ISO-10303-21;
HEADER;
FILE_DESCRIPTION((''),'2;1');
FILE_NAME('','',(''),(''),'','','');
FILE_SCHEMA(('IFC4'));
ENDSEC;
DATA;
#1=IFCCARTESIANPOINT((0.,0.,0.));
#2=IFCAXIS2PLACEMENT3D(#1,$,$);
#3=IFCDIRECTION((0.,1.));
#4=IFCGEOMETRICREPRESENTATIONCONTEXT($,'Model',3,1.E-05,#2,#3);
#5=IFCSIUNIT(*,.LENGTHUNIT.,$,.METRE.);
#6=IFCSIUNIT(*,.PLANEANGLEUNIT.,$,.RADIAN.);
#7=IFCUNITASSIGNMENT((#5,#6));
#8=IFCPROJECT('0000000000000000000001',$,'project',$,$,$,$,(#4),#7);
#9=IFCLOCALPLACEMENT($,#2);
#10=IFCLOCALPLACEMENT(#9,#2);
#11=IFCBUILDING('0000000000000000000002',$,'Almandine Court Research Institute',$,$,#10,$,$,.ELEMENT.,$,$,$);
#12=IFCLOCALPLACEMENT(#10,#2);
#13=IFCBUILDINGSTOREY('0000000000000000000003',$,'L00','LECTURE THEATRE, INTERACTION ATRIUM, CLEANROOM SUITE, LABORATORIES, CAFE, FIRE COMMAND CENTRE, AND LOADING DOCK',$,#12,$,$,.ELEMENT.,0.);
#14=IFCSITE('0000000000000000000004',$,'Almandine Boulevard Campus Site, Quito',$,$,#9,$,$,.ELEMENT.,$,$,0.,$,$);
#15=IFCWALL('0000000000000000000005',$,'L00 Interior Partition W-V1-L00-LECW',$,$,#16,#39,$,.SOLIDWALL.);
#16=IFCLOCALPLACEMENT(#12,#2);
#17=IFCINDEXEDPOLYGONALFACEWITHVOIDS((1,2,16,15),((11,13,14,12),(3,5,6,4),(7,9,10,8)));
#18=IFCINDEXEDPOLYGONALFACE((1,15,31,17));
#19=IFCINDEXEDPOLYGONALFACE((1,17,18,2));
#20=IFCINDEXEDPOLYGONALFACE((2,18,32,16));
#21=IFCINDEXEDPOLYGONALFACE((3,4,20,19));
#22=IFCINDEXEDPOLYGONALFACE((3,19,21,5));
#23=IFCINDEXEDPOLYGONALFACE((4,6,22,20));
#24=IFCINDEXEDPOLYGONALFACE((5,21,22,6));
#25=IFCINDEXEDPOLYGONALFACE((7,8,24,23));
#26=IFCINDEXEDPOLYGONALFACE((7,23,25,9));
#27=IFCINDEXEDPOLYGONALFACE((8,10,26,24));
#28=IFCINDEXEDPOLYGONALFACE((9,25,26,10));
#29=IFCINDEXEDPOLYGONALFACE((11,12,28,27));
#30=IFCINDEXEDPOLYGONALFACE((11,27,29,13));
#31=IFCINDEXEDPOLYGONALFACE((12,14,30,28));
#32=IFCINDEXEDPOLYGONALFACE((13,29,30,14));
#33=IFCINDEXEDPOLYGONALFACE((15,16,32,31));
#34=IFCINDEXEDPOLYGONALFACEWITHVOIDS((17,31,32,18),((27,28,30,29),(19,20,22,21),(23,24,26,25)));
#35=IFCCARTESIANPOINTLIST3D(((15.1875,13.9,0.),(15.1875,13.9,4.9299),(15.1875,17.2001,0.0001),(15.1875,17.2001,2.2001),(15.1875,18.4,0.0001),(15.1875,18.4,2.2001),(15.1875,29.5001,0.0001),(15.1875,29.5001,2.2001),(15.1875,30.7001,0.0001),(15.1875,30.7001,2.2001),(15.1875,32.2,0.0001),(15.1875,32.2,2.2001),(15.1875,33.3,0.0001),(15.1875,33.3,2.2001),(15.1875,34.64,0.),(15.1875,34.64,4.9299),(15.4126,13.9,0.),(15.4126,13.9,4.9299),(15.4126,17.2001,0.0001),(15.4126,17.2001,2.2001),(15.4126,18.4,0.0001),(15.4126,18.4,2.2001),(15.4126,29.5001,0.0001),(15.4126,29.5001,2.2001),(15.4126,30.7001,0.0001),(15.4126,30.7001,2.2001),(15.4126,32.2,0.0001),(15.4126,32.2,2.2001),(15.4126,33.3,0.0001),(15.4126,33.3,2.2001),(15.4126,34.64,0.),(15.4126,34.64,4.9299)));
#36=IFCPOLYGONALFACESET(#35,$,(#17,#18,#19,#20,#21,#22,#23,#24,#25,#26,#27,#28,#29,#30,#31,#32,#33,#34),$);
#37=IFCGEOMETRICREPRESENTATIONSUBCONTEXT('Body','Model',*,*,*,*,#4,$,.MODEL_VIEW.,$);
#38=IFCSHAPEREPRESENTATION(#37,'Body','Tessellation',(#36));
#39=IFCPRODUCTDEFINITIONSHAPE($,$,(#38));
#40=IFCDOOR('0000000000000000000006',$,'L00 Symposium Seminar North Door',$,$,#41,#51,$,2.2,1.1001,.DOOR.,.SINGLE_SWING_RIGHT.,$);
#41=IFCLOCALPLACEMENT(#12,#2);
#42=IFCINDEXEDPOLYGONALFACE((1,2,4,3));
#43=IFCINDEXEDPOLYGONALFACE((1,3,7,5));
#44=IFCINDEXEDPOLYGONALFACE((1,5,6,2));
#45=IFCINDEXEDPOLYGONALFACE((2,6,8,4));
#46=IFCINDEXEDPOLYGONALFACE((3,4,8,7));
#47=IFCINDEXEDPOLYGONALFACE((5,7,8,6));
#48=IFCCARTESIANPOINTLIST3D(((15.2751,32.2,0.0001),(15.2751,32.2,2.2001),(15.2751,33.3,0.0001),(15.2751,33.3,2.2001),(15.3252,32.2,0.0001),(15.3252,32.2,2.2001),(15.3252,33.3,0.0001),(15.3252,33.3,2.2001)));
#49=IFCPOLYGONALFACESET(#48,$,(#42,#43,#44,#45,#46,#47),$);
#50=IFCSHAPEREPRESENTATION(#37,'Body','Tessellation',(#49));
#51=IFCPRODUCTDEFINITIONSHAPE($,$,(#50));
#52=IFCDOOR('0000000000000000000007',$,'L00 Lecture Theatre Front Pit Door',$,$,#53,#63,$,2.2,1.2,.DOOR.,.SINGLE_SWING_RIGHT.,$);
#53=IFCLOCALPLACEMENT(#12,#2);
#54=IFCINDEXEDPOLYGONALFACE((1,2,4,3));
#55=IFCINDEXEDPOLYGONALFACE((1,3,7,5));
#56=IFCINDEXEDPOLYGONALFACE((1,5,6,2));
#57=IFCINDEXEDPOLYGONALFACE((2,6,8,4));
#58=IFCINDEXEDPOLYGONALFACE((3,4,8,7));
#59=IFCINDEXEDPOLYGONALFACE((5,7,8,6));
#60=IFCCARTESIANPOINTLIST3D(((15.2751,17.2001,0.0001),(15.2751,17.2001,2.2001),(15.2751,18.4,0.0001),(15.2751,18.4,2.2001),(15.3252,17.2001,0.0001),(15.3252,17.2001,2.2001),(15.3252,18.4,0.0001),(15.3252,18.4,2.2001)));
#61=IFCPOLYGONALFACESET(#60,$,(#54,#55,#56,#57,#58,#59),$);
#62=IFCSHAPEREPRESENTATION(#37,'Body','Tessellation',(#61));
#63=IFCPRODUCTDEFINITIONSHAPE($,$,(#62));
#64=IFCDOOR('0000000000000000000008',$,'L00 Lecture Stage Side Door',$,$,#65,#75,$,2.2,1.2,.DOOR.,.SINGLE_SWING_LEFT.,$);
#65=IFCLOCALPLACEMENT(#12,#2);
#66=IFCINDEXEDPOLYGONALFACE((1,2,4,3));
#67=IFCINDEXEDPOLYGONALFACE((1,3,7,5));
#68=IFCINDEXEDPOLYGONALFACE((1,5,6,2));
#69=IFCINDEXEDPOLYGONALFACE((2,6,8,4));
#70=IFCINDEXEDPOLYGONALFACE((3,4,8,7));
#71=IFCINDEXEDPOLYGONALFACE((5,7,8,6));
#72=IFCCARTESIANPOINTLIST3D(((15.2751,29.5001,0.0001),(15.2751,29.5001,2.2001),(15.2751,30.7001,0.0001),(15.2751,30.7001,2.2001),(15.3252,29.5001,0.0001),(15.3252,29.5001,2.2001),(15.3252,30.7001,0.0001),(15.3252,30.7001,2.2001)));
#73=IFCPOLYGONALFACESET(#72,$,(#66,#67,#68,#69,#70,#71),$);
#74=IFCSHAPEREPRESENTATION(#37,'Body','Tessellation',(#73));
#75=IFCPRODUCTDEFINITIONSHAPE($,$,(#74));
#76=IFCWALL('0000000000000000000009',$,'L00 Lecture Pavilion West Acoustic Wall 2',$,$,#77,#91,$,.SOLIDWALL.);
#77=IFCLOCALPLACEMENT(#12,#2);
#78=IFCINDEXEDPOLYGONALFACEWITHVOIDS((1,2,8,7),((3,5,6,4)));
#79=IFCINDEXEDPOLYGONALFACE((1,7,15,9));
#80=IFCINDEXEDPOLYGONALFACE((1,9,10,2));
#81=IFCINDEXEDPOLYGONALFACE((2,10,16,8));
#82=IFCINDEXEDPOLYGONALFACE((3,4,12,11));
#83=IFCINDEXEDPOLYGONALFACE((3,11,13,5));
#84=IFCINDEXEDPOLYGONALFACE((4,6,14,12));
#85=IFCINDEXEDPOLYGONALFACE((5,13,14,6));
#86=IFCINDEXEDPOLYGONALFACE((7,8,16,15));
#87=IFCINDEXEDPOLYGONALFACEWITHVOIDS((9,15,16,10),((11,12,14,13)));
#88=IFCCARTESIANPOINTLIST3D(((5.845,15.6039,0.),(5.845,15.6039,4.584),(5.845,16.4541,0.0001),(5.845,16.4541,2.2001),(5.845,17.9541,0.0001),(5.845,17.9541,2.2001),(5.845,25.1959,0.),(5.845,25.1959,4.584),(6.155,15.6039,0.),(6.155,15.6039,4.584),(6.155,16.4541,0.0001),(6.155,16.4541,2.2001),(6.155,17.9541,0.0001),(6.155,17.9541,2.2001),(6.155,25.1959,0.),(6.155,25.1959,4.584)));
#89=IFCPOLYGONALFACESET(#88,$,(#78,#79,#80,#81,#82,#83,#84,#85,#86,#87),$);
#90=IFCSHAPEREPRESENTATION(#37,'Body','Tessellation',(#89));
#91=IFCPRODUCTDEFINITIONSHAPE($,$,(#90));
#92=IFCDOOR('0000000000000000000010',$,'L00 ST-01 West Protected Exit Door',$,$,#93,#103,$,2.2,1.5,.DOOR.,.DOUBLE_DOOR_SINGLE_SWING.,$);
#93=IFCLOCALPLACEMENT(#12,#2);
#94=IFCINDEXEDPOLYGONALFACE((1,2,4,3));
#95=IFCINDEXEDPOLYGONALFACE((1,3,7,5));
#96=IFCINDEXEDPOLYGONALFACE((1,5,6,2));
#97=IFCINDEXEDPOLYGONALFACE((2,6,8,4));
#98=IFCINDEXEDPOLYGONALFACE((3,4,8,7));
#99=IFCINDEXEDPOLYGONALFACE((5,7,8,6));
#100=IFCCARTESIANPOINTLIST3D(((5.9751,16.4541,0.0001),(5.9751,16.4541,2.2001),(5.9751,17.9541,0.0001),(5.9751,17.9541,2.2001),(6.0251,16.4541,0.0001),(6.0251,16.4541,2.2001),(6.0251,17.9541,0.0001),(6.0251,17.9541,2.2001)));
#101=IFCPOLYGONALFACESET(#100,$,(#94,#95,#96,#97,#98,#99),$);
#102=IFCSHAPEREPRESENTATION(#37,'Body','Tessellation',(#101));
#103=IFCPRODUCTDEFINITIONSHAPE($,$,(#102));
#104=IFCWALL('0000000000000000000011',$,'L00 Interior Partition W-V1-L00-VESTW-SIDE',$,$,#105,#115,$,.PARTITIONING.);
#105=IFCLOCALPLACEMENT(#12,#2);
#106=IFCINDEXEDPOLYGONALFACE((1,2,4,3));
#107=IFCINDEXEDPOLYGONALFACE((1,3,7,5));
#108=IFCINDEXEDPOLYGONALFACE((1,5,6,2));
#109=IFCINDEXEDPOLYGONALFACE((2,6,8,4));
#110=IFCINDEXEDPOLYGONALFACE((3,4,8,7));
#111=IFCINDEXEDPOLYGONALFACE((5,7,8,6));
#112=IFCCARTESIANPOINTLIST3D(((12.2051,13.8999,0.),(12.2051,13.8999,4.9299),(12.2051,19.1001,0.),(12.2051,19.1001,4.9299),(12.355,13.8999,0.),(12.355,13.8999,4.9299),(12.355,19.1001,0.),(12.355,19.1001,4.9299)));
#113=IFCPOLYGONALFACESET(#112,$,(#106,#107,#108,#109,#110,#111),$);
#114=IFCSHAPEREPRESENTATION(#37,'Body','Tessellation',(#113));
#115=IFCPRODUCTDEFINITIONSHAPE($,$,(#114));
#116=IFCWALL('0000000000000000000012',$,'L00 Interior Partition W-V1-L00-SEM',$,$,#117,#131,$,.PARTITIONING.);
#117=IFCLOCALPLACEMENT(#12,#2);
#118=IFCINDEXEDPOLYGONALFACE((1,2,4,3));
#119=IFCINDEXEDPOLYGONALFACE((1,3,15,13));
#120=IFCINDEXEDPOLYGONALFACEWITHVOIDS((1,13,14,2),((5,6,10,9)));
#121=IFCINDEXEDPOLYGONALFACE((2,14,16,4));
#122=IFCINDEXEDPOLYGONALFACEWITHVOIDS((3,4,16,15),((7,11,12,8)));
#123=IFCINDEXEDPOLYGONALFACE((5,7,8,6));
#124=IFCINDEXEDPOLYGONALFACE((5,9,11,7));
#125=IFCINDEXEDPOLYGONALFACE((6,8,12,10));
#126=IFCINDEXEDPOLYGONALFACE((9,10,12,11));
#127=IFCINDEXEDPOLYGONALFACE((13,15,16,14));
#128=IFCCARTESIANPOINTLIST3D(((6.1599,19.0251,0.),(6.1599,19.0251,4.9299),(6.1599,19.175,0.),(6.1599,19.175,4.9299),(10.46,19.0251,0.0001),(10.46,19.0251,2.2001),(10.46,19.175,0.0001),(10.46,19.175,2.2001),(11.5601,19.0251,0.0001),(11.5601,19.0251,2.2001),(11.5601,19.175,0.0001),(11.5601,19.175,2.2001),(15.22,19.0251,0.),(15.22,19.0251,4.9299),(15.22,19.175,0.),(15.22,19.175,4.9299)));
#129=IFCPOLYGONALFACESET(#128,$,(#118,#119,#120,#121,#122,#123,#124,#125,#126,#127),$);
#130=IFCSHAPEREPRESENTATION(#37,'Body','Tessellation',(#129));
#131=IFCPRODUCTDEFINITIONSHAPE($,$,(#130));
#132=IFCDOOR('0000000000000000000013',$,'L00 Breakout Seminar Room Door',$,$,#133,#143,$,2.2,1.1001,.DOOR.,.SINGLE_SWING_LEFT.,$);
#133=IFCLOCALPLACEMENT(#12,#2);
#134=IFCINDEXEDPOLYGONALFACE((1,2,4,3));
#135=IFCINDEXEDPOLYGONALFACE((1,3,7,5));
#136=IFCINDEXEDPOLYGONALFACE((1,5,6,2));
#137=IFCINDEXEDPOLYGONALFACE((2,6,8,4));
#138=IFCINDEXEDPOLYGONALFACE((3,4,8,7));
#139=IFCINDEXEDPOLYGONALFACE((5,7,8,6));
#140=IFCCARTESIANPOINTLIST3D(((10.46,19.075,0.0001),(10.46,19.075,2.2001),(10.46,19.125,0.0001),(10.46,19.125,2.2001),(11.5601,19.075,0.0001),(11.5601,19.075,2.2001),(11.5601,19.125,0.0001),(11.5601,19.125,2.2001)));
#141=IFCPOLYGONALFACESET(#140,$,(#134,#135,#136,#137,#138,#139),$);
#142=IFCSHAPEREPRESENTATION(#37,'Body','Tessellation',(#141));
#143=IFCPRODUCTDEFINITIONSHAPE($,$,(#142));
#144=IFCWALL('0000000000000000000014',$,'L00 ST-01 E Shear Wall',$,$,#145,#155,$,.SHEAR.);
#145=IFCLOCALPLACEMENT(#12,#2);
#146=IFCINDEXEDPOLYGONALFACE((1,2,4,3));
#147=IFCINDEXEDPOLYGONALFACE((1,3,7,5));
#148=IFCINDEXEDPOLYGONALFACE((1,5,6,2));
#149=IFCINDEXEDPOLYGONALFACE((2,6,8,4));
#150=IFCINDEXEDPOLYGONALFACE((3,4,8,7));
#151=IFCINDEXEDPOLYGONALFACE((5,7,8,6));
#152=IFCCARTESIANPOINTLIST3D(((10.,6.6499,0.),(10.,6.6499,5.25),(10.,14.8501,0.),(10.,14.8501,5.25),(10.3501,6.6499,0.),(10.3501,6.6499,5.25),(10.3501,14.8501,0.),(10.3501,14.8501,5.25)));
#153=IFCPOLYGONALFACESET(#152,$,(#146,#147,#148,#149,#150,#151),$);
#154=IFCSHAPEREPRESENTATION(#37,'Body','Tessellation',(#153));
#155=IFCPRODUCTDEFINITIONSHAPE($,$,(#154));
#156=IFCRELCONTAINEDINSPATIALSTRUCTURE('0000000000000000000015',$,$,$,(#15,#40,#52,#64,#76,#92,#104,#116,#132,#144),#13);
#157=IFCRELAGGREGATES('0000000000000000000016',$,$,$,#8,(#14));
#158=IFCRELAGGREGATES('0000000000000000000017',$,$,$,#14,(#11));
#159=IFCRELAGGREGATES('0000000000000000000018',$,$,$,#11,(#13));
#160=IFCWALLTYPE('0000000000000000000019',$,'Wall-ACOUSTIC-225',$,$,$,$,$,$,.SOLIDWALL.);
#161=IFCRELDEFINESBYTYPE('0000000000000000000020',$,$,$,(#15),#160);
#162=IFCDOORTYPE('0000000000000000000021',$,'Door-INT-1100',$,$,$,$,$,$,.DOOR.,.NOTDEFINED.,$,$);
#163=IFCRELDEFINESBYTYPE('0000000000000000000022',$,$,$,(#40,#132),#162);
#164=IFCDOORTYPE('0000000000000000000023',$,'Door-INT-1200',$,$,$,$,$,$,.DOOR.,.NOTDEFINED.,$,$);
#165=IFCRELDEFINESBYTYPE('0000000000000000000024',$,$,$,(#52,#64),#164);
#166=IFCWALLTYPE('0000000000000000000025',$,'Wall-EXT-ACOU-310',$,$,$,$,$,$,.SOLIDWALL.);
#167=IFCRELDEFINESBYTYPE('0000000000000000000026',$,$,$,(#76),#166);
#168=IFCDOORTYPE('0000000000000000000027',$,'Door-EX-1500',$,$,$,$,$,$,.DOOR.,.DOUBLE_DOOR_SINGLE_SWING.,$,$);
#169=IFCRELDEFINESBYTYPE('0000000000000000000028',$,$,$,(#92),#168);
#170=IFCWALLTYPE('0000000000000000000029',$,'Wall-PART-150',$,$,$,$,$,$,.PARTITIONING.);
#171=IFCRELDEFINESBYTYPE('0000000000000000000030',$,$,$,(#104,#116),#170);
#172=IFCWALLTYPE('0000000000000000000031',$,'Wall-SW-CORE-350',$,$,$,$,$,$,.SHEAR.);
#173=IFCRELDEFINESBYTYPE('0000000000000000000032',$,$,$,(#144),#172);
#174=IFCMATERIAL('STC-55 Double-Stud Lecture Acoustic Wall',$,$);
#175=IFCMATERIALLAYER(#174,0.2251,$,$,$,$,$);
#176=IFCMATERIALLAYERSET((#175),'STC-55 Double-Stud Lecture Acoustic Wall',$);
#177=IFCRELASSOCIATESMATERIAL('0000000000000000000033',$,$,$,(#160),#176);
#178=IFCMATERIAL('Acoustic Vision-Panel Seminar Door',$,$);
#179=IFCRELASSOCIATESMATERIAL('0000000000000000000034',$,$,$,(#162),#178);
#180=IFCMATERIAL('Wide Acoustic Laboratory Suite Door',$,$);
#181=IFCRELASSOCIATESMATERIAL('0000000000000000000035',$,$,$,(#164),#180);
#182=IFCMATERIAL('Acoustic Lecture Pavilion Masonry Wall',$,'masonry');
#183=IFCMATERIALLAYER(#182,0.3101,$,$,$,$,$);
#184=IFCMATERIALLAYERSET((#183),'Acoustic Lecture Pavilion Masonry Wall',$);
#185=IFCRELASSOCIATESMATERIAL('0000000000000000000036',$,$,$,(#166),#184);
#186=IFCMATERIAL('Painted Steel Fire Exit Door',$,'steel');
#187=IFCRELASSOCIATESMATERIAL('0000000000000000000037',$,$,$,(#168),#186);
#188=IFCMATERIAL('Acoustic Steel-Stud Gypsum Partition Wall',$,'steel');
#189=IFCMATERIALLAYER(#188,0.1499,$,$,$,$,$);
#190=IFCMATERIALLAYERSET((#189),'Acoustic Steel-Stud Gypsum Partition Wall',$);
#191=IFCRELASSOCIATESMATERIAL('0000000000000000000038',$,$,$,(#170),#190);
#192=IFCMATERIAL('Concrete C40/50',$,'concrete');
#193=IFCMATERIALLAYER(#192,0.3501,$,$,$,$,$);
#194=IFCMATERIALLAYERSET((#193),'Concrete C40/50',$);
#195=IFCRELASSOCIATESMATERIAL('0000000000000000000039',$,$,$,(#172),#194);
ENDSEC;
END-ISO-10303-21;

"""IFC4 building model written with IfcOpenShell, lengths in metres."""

from ifc_helpers import new_model, si_unit, direction, frame, frame_2d, origin, place, context, subcontext, project, spatial, rectangle, extrude, material, layer, layer_set, type_object, element, fill, save


model = new_model("IFC4")

# Units and contexts
model_context = context("Model", 3, precision=1e-05, world=origin(), true_north=direction((0.0, 1.0)))
body_context = subcontext(model_context, "Body", "Model", "MODEL_VIEW")
ifc_project = project(units=[si_unit("LENGTHUNIT", "METRE"), si_unit("PLANEANGLEUNIT", "RADIAN")], contexts=[model_context])

# Site, building, storey
site_placement = place(None, origin())
site = spatial("IfcSite", under=ifc_project, at=site_placement, Name="Almandine Boulevard Campus Site, Quito", CompositionType="ELEMENT", RefElevation=0.0)
building_placement = place(site_placement, origin())
building = spatial("IfcBuilding", under=site, at=building_placement, Name="Almandine Court Research Institute", CompositionType="ELEMENT")
storey_placement = place(building_placement, origin())
storey = spatial("IfcBuildingStorey", under=building, at=storey_placement, Name="L00", Description="LECTURE THEATRE, INTERACTION ATRIUM, CLEANROOM SUITE, LABORATORIES, CAFE, FIRE COMMAND CENTRE, AND LOADING DOCK", CompositionType="ELEMENT", Elevation=0.0)

# Wall, openings, doors
ifc_material_1 = material(Name="STC-55 Double-Stud Lecture Acoustic Wall")
ifc_layer_1 = layer(ifc_material_1, 0.2251)
ifc_layer_set_1 = layer_set([ifc_layer_1], Name="STC-55 Double-Stud Lecture Acoustic Wall")
wall_type_1 = type_object("IfcWallType", Name="Wall-ACOUSTIC-225", PredefinedType="SOLIDWALL", material=ifc_layer_set_1)
ifc_material_2 = material(Name="Acoustic Vision-Panel Seminar Door")
door_type_1 = type_object("IfcDoorType", Name="Door-INT-1100", OperationType="NOTDEFINED", PredefinedType="DOOR", material=ifc_material_2)
wall_1_placement = place(storey_placement, frame((15.3, 13.8999, 0.0), z_axis=(0.0, 0.0, 1.0), x_axis=(0.0, 1.0, 0.0)))
wall_1 = element("IfcWall", 1, at=wall_1_placement, inside=storey, type_object=wall_type_1, Name="L00 Interior Partition W-V1-L00-LECW", PredefinedType="SOLIDWALL", context=body_context, shape_type="SweptSolid", body=[
    extrude(rectangle(XDim=20.74, YDim=0.2251, at=frame_2d((10.3701, 0.0))), origin(), (0.0, 0.0, 1.0), 4.9299),
])
opening_1_placement = place(wall_1_placement, frame((3.3, 0.0, 0.0)))
opening_1 = element("IfcOpeningElement", 2, at=opening_1_placement, cuts=wall_1, PredefinedType="OPENING", context=body_context, shape_type="SweptSolid", body=[
    extrude(rectangle(XDim=1.2, YDim=2.2, at=frame_2d((0.6001, 1.1001))), frame((0.0, 0.1226, 0.0), z_axis=(0.0, -1.0, 0.0), x_axis=(1.0, 0.0, 0.0)), (0.0, 0.0, 1.0), 0.2451),
])
opening_2_placement = place(wall_1_placement, frame((15.6001, 0.0, 0.0)))
opening_2 = element("IfcOpeningElement", 3, at=opening_2_placement, cuts=wall_1, PredefinedType="OPENING", context=body_context, shape_type="SweptSolid", body=[
    extrude(rectangle(XDim=1.2, YDim=2.2, at=frame_2d((0.6001, 1.1001))), frame((0.0, 0.1226, 0.0), z_axis=(0.0, -1.0, 0.0), x_axis=(1.0, 0.0, 0.0)), (0.0, 0.0, 1.0), 0.2451),
])
opening_3_placement = place(wall_1_placement, frame((18.3, 0.0, 0.0)))
opening_3 = element("IfcOpeningElement", 4, at=opening_3_placement, cuts=wall_1, PredefinedType="OPENING", context=body_context, shape_type="SweptSolid", body=[
    extrude(rectangle(XDim=1.1001, YDim=2.2, at=frame_2d((0.55, 1.1001))), frame((0.0, 0.1226, 0.0), z_axis=(0.0, -1.0, 0.0), x_axis=(1.0, 0.0, 0.0)), (0.0, 0.0, 1.0), 0.2451),
])
door_1_placement = place(opening_3_placement, origin())
door_1 = element("IfcDoor", 5, at=door_1_placement, inside=storey, type_object=door_type_1, Name="L00 Symposium Seminar North Door", OperationType="SINGLE_SWING_RIGHT", OverallHeight=2.2, OverallWidth=1.1001, PredefinedType="DOOR", context=body_context, shape_type="SweptSolid", body=[
    extrude(rectangle(XDim=1.1001, YDim=2.2, at=frame_2d((0.55, 1.1001))), frame((0.0, 0.0249, 0.0), z_axis=(0.0, -1.0, 0.0), x_axis=(1.0, 0.0, 0.0)), (0.0, 0.0, 1.0), 0.05),
])
fill(opening_3, door_1)
ifc_material_3 = material(Name="Wide Acoustic Laboratory Suite Door")
door_type_2 = type_object("IfcDoorType", Name="Door-INT-1200", OperationType="NOTDEFINED", PredefinedType="DOOR", material=ifc_material_3)
door_2_placement = place(opening_1_placement, origin())
door_2 = element("IfcDoor", 6, at=door_2_placement, inside=storey, type_object=door_type_2, Name="L00 Lecture Theatre Front Pit Door", OperationType="SINGLE_SWING_RIGHT", OverallHeight=2.2, OverallWidth=1.2, PredefinedType="DOOR", context=body_context, shape_type="SweptSolid", body=[
    extrude(rectangle(XDim=1.2, YDim=2.2, at=frame_2d((0.6001, 1.1001))), frame((0.0, 0.0249, 0.0), z_axis=(0.0, -1.0, 0.0), x_axis=(1.0, 0.0, 0.0)), (0.0, 0.0, 1.0), 0.05),
])
fill(opening_1, door_2)
door_3_placement = place(opening_2_placement, origin())
door_3 = element("IfcDoor", 7, at=door_3_placement, inside=storey, type_object=door_type_2, Name="L00 Lecture Stage Side Door", OperationType="SINGLE_SWING_LEFT", OverallHeight=2.2, OverallWidth=1.2, PredefinedType="DOOR", context=body_context, shape_type="SweptSolid", body=[
    extrude(rectangle(XDim=1.2, YDim=2.2, at=frame_2d((0.6001, 1.1001))), frame((0.0, 0.0249, 0.0), z_axis=(0.0, -1.0, 0.0), x_axis=(1.0, 0.0, 0.0)), (0.0, 0.0, 1.0), 0.05),
])
fill(opening_2, door_3)

# Wall, opening, door
ifc_material_4 = material(Name="Acoustic Lecture Pavilion Masonry Wall", Category="masonry")
ifc_layer_2 = layer(ifc_material_4, 0.3101)
ifc_layer_set_2 = layer_set([ifc_layer_2], Name="Acoustic Lecture Pavilion Masonry Wall")
wall_type_2 = type_object("IfcWallType", Name="Wall-EXT-ACOU-310", PredefinedType="SOLIDWALL", material=ifc_layer_set_2)
wall_2_placement = place(storey_placement, frame((6.0, 15.604, 0.0), z_axis=(0.0, 0.0, 1.0), x_axis=(0.0, 1.0, 0.0)))
wall_2 = element("IfcWall", 8, at=wall_2_placement, inside=storey, type_object=wall_type_2, Name="L00 Lecture Pavilion West Acoustic Wall 2", PredefinedType="SOLIDWALL", context=body_context, shape_type="SweptSolid", body=[
    extrude(rectangle(XDim=9.592, YDim=0.3101, at=frame_2d((4.7959, 0.0))), origin(), (0.0, 0.0, 1.0), 4.584),
])
opening_4_placement = place(wall_2_placement, frame((0.8501, 0.0, 0.0)))
opening_4 = element("IfcOpeningElement", 9, at=opening_4_placement, cuts=wall_2, PredefinedType="OPENING", context=body_context, shape_type="SweptSolid", body=[
    extrude(rectangle(XDim=1.5, YDim=2.2, at=frame_2d((0.75, 1.1001))), frame((0.0, 0.165, 0.0), z_axis=(0.0, -1.0, 0.0), x_axis=(1.0, 0.0, 0.0)), (0.0, 0.0, 1.0), 0.3301),
])
ifc_material_5 = material(Name="Painted Steel Fire Exit Door", Category="steel")
door_type_3 = type_object("IfcDoorType", Name="Door-EX-1500", OperationType="DOUBLE_DOOR_SINGLE_SWING", PredefinedType="DOOR", material=ifc_material_5)
door_4_placement = place(opening_4_placement, origin())
door_4 = element("IfcDoor", 10, at=door_4_placement, inside=storey, type_object=door_type_3, Name="L00 ST-01 West Protected Exit Door", OperationType="DOUBLE_DOOR_SINGLE_SWING", OverallHeight=2.2, OverallWidth=1.5, PredefinedType="DOOR", context=body_context, shape_type="SweptSolid", body=[
    extrude(rectangle(XDim=1.5, YDim=2.2, at=frame_2d((0.75, 1.1001))), frame((0.0, 0.0249, 0.0), z_axis=(0.0, -1.0, 0.0), x_axis=(1.0, 0.0, 0.0)), (0.0, 0.0, 1.0), 0.05),
])
fill(opening_4, door_4)

# Wall
ifc_material_6 = material(Name="Acoustic Steel-Stud Gypsum Partition Wall", Category="steel")
ifc_layer_3 = layer(ifc_material_6, 0.1499)
ifc_layer_set_3 = layer_set([ifc_layer_3], Name="Acoustic Steel-Stud Gypsum Partition Wall")
wall_type_3 = type_object("IfcWallType", Name="Wall-PART-150", PredefinedType="PARTITIONING", material=ifc_layer_set_3)
wall_3_placement = place(storey_placement, frame((12.28, 13.8999, 0.0), z_axis=(0.0, 0.0, 1.0), x_axis=(0.0, 1.0, 0.0)))
element("IfcWall", 11, at=wall_3_placement, inside=storey, type_object=wall_type_3, Name="L00 Interior Partition W-V1-L00-VESTW-SIDE", PredefinedType="PARTITIONING", context=body_context, shape_type="SweptSolid", body=[
    extrude(rectangle(XDim=5.2002, YDim=0.1499, at=frame_2d((2.6001, 0.0))), origin(), (0.0, 0.0, 1.0), 4.9299),
])

# Wall, opening, door
wall_4_placement = place(storey_placement, frame((6.1599, 19.1001, 0.0), z_axis=(0.0, 0.0, 1.0), x_axis=(1.0, 0.0, 0.0)))
wall_4 = element("IfcWall", 12, at=wall_4_placement, inside=storey, type_object=wall_type_3, Name="L00 Interior Partition W-V1-L00-SEM", PredefinedType="PARTITIONING", context=body_context, shape_type="SweptSolid", body=[
    extrude(rectangle(XDim=9.0601, YDim=0.1499, at=frame_2d((4.53, 0.0))), origin(), (0.0, 0.0, 1.0), 4.9299),
])
opening_5_placement = place(wall_4_placement, frame((4.3, 0.0, 0.0)))
opening_5 = element("IfcOpeningElement", 13, at=opening_5_placement, cuts=wall_4, PredefinedType="OPENING", context=body_context, shape_type="SweptSolid", body=[
    extrude(rectangle(XDim=1.1001, YDim=2.2, at=frame_2d((0.55, 1.1001))), frame((0.0, 0.085, 0.0), z_axis=(0.0, -1.0, 0.0), x_axis=(1.0, 0.0, 0.0)), (0.0, 0.0, 1.0), 0.1699),
])
door_5_placement = place(opening_5_placement, origin())
door_5 = element("IfcDoor", 14, at=door_5_placement, inside=storey, type_object=door_type_1, Name="L00 Breakout Seminar Room Door", OperationType="SINGLE_SWING_LEFT", OverallHeight=2.2, OverallWidth=1.1001, PredefinedType="DOOR", context=body_context, shape_type="SweptSolid", body=[
    extrude(rectangle(XDim=1.1001, YDim=2.2, at=frame_2d((0.55, 1.1001))), frame((0.0, 0.0249, 0.0), z_axis=(0.0, -1.0, 0.0), x_axis=(1.0, 0.0, 0.0)), (0.0, 0.0, 1.0), 0.05),
])
fill(opening_5, door_5)
ifc_material_7 = material(Name="Concrete C40/50", Category="concrete")
ifc_layer_4 = layer(ifc_material_7, 0.3501)
ifc_layer_set_4 = layer_set([ifc_layer_4], Name="Concrete C40/50")
wall_type_4 = type_object("IfcWallType", Name="Wall-SW-CORE-350", PredefinedType="SHEAR", material=ifc_layer_set_4)

# Wall
wall_5_placement = place(storey_placement, frame((10.175, 14.8501, 0.0), z_axis=(0.0, 0.0, 1.0), x_axis=(0.0, -1.0, 0.0)))
element("IfcWall", 15, at=wall_5_placement, inside=storey, type_object=wall_type_4, Name="L00 ST-01 E Shear Wall", PredefinedType="SHEAR", context=body_context, shape_type="SweptSolid", body=[
    extrude(rectangle(XDim=8.2002, YDim=0.3501, at=frame_2d((4.1001, 0.0))), origin(), (0.0, 0.0, 1.0), 5.25),
])

save(model, "model.ifc")
